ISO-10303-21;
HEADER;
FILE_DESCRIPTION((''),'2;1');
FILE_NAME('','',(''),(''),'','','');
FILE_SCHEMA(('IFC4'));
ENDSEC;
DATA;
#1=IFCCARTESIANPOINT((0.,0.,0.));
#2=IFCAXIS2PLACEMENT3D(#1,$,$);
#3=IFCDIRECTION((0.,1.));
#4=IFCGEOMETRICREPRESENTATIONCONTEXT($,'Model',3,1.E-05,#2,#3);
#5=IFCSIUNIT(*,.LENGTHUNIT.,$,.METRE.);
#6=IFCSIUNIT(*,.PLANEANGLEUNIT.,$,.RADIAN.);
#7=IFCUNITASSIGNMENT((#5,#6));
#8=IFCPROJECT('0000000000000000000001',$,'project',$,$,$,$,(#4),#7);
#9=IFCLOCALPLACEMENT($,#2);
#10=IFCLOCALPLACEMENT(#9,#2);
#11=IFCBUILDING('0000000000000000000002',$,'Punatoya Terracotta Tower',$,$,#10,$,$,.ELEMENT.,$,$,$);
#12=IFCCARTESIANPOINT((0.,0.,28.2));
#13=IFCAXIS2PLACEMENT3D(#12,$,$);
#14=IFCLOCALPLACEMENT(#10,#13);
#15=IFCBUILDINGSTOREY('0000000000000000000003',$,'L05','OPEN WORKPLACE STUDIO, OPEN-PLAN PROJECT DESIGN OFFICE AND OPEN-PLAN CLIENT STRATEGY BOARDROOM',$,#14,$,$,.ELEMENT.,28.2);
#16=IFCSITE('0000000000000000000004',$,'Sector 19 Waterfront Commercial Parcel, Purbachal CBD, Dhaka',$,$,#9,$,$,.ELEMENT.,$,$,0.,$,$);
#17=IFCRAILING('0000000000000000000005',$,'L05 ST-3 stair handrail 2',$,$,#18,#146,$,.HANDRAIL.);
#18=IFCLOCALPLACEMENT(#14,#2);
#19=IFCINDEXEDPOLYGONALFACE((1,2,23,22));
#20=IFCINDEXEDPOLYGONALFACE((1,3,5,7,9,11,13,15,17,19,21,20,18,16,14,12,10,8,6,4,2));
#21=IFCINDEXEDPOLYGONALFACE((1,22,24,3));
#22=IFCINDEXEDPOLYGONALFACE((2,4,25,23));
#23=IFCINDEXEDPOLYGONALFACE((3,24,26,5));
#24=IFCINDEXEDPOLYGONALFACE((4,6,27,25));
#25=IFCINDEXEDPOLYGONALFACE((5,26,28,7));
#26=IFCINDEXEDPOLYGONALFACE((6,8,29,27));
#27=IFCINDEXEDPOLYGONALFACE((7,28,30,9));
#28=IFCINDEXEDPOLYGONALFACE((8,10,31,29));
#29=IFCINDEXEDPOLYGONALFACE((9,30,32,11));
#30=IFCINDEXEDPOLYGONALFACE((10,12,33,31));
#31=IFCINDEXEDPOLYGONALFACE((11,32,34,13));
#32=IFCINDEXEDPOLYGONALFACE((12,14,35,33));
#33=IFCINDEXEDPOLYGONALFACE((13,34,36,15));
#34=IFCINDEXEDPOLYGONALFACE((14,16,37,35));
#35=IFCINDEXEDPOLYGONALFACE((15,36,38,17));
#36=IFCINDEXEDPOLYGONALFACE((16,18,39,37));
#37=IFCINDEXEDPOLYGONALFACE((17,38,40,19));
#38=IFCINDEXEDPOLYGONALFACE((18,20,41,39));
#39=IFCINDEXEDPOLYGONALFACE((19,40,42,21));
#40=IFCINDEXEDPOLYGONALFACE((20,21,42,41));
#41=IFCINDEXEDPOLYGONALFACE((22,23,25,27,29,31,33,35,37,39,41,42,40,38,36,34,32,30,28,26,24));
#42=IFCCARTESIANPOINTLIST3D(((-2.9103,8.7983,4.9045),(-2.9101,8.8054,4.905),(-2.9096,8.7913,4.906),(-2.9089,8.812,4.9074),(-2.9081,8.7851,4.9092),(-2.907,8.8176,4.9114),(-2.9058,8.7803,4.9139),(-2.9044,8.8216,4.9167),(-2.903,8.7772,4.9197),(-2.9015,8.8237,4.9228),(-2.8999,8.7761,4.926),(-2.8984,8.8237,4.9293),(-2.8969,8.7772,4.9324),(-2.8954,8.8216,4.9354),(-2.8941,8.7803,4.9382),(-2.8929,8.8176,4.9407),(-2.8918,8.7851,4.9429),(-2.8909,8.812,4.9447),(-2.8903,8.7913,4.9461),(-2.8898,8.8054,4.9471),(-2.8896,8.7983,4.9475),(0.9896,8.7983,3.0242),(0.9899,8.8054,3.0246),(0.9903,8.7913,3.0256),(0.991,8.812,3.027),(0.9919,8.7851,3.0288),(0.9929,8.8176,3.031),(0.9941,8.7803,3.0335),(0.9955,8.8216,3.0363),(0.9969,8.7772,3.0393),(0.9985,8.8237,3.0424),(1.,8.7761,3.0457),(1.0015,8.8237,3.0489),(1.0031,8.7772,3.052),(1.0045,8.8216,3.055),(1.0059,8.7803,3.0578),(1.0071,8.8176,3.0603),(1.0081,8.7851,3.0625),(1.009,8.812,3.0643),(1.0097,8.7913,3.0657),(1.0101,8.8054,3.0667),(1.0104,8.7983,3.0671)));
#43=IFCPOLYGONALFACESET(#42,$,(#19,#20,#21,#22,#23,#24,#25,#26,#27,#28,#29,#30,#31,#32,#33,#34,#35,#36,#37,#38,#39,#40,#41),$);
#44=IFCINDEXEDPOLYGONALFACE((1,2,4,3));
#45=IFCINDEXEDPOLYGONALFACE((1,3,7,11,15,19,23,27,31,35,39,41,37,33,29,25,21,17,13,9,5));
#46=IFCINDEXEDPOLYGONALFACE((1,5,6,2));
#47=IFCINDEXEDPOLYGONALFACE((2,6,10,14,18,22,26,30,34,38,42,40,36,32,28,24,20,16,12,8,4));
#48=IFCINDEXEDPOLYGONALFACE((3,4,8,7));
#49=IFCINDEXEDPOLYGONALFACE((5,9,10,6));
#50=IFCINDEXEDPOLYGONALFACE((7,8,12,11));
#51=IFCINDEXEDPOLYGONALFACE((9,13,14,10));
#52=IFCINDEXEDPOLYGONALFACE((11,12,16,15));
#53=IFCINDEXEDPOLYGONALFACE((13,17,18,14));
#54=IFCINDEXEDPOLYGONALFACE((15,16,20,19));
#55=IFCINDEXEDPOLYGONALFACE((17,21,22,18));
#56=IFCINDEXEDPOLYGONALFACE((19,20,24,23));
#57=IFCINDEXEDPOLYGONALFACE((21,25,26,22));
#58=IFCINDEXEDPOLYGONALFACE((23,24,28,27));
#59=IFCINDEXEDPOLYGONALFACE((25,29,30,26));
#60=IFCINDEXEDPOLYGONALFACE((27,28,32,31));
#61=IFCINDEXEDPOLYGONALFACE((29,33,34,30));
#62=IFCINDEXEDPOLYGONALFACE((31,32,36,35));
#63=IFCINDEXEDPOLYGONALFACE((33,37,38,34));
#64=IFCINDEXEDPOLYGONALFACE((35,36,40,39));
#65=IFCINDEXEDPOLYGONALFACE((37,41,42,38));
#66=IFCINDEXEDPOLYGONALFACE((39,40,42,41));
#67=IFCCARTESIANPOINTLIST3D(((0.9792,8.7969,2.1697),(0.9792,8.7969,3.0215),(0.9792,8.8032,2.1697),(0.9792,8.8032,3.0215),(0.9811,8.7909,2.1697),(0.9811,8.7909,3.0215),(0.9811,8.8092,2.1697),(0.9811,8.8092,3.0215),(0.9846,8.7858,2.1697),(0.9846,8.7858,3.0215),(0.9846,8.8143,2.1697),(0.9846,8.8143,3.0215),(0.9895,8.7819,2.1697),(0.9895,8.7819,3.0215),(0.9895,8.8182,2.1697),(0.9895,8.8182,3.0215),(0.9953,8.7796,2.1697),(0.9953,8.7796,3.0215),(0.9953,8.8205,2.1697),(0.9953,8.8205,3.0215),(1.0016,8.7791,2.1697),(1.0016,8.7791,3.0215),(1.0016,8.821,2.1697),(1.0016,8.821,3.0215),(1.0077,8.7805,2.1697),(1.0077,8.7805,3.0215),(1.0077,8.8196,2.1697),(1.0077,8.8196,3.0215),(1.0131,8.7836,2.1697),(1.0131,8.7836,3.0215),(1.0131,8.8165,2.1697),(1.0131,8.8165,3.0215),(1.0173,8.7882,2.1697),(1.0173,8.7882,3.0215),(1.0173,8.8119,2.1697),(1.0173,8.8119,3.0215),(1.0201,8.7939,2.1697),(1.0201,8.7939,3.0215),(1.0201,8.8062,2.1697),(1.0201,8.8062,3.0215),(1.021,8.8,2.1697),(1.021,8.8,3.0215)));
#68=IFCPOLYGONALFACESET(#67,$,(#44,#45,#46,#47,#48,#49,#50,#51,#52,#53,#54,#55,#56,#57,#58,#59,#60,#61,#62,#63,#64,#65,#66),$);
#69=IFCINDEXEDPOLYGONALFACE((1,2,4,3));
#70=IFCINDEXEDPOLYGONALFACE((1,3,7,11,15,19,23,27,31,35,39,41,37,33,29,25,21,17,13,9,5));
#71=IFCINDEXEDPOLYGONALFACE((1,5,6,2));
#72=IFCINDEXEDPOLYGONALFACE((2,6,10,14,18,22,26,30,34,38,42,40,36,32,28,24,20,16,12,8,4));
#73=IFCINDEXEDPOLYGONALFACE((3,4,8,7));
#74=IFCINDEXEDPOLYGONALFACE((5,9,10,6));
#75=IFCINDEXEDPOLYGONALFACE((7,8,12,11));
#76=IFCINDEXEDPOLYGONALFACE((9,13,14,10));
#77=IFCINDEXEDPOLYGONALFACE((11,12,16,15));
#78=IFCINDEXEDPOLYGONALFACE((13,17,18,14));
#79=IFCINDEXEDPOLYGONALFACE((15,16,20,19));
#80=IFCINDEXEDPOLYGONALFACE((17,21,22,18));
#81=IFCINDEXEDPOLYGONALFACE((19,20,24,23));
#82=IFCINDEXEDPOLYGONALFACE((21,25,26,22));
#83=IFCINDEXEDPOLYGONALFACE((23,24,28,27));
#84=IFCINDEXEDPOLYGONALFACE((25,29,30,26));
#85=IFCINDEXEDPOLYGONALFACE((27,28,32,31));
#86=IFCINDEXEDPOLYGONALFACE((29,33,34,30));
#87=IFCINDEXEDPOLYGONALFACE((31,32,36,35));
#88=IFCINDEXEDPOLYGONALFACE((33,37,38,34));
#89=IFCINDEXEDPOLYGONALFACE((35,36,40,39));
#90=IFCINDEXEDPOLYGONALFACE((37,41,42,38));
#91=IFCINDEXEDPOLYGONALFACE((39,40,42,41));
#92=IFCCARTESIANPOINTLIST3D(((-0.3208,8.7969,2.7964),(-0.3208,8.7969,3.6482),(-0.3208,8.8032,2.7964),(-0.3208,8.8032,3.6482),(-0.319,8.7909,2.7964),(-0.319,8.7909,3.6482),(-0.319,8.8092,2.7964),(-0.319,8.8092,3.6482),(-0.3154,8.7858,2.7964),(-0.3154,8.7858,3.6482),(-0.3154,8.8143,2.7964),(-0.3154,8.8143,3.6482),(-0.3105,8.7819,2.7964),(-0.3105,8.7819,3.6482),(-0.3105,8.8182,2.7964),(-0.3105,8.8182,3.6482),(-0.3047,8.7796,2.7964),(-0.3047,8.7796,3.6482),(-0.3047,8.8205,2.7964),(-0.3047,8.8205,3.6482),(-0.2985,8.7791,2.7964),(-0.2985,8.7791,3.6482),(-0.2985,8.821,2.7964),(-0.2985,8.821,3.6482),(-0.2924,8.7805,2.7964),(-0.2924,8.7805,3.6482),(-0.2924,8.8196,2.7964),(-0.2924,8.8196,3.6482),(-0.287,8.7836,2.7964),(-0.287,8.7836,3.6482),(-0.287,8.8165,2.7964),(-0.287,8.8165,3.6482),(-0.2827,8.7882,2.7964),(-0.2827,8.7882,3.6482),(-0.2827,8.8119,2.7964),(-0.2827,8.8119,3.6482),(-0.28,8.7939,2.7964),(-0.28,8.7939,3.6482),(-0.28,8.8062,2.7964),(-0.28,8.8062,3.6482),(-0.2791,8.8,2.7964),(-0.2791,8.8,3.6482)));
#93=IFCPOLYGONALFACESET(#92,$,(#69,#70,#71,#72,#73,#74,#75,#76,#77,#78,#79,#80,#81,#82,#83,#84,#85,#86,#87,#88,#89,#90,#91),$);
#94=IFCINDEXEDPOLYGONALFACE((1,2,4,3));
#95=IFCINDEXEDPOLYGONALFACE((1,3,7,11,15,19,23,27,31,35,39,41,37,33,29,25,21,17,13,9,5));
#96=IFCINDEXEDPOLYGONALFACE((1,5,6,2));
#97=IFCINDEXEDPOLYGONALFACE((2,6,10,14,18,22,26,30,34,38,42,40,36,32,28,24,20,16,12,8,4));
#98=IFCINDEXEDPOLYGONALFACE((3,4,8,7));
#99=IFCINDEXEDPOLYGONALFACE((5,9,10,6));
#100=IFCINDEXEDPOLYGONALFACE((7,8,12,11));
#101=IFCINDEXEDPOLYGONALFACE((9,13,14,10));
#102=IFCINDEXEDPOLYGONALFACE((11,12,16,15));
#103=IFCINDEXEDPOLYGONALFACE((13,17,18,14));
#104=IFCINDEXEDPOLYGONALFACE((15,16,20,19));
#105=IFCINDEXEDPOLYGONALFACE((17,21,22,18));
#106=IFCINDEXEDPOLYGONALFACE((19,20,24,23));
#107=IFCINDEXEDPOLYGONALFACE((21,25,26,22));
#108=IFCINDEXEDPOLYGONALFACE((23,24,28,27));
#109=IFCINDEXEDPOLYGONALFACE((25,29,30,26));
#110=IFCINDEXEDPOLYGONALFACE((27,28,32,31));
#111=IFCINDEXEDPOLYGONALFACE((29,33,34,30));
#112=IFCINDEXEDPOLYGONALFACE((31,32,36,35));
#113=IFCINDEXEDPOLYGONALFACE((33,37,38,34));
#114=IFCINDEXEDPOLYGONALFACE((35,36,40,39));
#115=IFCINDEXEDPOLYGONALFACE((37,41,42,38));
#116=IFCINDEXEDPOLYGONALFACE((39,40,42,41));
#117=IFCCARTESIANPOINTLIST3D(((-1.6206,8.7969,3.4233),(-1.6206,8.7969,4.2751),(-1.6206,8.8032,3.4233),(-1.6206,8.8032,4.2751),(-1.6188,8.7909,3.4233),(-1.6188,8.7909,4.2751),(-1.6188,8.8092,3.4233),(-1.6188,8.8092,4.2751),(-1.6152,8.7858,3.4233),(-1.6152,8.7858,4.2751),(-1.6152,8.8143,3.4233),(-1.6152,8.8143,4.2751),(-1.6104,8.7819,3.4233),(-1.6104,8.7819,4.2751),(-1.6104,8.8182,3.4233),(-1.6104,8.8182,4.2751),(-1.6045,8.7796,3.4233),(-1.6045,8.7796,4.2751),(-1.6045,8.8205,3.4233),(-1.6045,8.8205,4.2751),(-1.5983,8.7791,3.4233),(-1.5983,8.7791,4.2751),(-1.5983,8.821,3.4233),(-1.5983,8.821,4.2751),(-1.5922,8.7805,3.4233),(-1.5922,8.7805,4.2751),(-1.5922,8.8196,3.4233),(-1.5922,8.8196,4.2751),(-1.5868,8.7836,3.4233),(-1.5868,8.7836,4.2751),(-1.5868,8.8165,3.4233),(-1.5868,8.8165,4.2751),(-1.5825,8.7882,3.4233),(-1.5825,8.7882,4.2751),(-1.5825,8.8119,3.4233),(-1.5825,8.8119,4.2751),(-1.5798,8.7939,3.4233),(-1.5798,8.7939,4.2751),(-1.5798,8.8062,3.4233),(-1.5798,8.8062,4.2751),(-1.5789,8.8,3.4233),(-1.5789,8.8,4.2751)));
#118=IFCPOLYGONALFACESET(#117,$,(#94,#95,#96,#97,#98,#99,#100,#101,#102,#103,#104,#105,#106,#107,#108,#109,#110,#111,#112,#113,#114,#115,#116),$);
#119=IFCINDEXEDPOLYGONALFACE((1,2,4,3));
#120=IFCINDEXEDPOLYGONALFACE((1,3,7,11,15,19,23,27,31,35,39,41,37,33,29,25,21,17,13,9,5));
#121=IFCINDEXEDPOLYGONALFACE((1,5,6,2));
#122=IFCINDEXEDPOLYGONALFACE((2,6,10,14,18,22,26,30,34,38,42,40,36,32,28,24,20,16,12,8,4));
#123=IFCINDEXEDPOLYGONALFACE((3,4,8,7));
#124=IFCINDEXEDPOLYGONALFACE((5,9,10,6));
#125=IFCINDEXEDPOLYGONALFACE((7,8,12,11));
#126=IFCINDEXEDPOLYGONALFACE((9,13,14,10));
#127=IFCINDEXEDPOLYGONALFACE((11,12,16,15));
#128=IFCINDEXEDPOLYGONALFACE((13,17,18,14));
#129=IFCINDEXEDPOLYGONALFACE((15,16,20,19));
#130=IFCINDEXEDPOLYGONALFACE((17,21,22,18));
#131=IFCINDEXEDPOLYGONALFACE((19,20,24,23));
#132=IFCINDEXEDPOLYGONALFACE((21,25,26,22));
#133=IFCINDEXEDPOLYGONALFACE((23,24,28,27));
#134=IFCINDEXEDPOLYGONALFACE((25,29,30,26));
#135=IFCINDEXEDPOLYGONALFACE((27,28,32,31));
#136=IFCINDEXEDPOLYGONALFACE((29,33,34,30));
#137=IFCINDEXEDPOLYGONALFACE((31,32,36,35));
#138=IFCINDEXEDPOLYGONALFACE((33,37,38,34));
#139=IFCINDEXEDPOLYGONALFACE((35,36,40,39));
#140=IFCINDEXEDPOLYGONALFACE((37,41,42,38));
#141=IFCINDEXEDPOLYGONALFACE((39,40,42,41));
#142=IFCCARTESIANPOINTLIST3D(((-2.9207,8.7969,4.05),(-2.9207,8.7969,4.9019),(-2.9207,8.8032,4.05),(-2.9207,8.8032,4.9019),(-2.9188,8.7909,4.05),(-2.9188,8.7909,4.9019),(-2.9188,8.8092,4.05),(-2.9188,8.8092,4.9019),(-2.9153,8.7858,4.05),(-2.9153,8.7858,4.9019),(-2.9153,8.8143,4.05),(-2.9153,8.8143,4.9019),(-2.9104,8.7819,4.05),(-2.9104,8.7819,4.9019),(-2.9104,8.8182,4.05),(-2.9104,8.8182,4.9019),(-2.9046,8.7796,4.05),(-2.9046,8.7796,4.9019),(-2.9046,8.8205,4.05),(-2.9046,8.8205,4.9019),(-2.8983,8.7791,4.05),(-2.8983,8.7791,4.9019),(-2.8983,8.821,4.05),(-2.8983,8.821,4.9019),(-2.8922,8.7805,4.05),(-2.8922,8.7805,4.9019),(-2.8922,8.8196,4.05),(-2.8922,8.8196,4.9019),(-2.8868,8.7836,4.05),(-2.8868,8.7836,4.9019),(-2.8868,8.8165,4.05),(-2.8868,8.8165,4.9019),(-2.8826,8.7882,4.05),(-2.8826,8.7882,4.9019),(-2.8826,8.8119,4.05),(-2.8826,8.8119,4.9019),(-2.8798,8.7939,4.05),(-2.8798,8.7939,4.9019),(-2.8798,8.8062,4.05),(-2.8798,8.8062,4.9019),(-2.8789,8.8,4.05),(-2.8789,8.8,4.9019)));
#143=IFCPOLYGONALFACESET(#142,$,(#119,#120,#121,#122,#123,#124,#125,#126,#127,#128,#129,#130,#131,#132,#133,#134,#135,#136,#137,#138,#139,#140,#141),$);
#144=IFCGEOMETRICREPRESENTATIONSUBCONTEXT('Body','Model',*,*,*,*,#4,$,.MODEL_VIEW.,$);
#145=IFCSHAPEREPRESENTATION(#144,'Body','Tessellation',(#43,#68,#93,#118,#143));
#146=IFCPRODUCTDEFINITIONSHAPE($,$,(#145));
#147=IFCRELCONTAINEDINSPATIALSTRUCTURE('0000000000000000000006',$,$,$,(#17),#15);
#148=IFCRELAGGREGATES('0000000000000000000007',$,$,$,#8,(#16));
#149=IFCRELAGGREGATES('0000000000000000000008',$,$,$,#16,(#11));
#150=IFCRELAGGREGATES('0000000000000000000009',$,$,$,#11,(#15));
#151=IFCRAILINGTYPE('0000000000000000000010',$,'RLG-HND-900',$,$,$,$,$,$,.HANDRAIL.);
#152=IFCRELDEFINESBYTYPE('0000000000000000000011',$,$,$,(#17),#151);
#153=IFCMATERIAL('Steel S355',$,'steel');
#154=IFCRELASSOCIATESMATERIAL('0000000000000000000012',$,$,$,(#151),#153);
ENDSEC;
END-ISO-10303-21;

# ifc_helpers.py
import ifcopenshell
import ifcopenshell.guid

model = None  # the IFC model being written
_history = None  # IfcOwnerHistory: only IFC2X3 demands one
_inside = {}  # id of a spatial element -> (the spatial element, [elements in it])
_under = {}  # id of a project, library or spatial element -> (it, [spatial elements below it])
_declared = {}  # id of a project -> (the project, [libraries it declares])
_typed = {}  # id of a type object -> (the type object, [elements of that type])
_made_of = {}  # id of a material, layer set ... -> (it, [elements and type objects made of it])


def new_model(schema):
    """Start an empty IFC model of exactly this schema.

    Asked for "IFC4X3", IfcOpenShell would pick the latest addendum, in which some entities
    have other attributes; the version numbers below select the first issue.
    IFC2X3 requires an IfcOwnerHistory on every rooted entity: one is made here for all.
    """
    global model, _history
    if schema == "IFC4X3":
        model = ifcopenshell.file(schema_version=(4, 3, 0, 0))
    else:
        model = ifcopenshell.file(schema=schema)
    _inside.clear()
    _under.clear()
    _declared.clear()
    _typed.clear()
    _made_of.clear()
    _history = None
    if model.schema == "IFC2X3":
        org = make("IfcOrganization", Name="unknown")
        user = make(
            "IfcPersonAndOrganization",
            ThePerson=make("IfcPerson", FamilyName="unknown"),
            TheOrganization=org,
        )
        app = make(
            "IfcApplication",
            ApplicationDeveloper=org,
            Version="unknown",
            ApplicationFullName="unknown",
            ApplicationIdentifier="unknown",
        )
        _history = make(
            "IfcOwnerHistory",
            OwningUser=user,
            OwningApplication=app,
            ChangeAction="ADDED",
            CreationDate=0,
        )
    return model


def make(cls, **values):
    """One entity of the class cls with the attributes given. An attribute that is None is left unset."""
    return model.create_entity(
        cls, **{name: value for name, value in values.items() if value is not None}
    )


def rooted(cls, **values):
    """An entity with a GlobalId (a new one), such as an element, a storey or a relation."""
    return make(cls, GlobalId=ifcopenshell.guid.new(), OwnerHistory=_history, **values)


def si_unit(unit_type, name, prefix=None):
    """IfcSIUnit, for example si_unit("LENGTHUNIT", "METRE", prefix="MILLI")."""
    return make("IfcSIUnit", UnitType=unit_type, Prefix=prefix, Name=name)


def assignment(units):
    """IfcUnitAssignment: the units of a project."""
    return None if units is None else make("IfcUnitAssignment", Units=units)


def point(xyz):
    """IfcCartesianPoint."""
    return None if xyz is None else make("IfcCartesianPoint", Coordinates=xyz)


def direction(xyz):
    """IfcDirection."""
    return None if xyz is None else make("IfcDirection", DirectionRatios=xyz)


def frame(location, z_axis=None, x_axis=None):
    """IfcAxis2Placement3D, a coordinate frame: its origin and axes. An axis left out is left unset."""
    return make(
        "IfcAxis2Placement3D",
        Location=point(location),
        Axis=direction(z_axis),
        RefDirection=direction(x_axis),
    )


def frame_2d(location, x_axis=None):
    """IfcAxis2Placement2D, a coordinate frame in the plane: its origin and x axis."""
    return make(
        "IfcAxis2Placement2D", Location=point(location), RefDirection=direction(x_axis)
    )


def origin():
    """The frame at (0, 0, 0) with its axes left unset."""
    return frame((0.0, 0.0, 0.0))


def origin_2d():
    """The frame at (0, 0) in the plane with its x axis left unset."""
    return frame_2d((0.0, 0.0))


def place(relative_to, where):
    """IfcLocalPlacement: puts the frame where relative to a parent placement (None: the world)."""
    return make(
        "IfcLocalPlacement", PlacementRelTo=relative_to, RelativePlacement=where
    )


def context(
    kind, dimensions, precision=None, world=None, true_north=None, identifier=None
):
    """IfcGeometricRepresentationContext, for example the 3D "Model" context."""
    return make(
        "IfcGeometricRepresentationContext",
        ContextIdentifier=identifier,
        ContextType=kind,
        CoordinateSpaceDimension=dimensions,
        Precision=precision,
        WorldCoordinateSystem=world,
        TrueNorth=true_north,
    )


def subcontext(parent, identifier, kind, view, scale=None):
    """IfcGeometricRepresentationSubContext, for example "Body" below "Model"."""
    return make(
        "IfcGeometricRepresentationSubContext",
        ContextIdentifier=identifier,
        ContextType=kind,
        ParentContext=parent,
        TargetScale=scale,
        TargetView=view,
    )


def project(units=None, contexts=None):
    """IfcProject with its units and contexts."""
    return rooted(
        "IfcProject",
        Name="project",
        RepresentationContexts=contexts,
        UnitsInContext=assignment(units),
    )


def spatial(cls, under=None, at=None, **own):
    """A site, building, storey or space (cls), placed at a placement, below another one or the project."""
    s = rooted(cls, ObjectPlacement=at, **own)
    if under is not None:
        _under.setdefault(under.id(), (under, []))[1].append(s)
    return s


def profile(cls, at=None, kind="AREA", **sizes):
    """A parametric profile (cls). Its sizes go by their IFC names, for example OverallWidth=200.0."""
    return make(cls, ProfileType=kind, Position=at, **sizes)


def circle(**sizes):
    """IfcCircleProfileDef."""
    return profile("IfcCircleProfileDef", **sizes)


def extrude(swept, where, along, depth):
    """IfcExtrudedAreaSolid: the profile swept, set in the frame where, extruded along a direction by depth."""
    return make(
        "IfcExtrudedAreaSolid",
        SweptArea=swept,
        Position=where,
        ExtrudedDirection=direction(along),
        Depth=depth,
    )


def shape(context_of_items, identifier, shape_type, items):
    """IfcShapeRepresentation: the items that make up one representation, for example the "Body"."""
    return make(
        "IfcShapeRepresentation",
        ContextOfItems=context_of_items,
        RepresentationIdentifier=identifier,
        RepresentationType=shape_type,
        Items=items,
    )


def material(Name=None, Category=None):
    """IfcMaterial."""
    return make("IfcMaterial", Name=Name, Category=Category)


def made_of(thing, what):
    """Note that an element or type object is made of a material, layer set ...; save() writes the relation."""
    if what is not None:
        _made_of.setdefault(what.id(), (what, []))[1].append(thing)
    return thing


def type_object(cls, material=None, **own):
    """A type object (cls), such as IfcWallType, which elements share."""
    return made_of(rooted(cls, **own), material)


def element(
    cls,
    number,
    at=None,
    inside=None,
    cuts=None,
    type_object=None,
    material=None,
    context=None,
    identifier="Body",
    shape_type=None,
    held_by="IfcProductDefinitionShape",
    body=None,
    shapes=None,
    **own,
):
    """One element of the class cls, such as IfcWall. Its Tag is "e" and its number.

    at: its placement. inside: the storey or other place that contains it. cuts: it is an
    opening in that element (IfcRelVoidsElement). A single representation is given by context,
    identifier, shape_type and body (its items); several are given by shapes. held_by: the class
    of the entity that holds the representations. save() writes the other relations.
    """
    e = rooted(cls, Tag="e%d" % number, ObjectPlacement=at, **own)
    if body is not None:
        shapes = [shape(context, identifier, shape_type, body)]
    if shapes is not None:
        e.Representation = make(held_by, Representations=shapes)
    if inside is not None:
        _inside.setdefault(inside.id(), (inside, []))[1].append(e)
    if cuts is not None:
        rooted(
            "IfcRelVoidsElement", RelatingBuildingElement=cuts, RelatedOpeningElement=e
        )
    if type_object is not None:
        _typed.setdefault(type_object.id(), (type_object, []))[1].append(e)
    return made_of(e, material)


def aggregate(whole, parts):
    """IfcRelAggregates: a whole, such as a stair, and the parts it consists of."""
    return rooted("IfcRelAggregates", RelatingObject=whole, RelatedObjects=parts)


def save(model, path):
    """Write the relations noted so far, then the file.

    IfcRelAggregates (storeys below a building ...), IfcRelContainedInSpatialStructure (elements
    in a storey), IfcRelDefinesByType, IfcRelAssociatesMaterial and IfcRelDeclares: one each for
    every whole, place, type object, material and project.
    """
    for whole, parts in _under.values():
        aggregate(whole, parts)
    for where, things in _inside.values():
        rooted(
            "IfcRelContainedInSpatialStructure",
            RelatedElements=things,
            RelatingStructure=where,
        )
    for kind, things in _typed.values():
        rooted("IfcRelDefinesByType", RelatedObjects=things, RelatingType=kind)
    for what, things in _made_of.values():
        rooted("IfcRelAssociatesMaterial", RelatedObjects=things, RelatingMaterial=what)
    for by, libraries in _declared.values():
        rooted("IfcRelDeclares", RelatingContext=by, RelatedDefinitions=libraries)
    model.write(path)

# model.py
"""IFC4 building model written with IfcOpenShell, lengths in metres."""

from ifc_helpers import new_model, si_unit, direction, frame, origin, origin_2d, place, context, subcontext, project, spatial, circle, extrude, material, type_object, element, save


model = new_model("IFC4")

# Units and contexts
model_context = context("Model", 3, precision=1e-05, world=origin(), true_north=direction((0.0, 1.0)))
body_context = subcontext(model_context, "Body", "Model", "MODEL_VIEW")
ifc_project = project(units=[si_unit("LENGTHUNIT", "METRE"), si_unit("PLANEANGLEUNIT", "RADIAN")], contexts=[model_context])

# Site, building, storey
site_placement = place(None, origin())
site = spatial("IfcSite", under=ifc_project, at=site_placement, Name="Sector 19 Waterfront Commercial Parcel, Purbachal CBD, Dhaka", CompositionType="ELEMENT", RefElevation=0.0)
building_placement = place(site_placement, origin())
building = spatial("IfcBuilding", under=site, at=building_placement, Name="Punatoya Terracotta Tower", CompositionType="ELEMENT")
storey_placement = place(building_placement, frame((0.0, 0.0, 28.2)))
storey = spatial("IfcBuildingStorey", under=building, at=storey_placement, Name="L05", Description="OPEN WORKPLACE STUDIO, OPEN-PLAN PROJECT DESIGN OFFICE AND OPEN-PLAN CLIENT STRATEGY BOARDROOM", CompositionType="ELEMENT", Elevation=28.2)

# Shared definitions
ifc_material_1 = material(Name="Steel S355", Category="steel")

# Railing
railing_type_1 = type_object("IfcRailingType", Name="RLG-HND-900", PredefinedType="HANDRAIL", material=ifc_material_1)
railing_1_placement = place(storey_placement, frame((1.0, 8.8, 2.1697)))
element("IfcRailing", 1, at=railing_1_placement, inside=storey, type_object=railing_type_1, Name="L05 ST-3 stair handrail 2", PredefinedType="HANDRAIL", context=body_context, shape_type="SweptSolid", body=[
    extrude(circle(Radius=0.0239, at=origin_2d()), frame((0.0, 0.0, 0.876), z_axis=(-0.900763, 0.0, 0.434311), x_axis=(0.0, -1.0, 0.0)), (0.0, 0.0, 1.0), 4.3296),
    extrude(circle(Radius=0.021, at=origin_2d()), origin(), (0.0, 0.0, 1.0), 0.8518),
    extrude(circle(Radius=0.021, at=origin_2d()), frame((-1.3, 0.0, 0.6267)), (0.0, 0.0, 1.0), 0.8518),
    extrude(circle(Radius=0.021, at=origin_2d()), frame((-2.5999, 0.0, 1.2537)), (0.0, 0.0, 1.0), 0.8518),
    extrude(circle(Radius=0.021, at=origin_2d()), frame((-3.8999, 0.0, 1.8804)), (0.0, 0.0, 1.0), 0.8518),
])

save(model, "model.ifc")
